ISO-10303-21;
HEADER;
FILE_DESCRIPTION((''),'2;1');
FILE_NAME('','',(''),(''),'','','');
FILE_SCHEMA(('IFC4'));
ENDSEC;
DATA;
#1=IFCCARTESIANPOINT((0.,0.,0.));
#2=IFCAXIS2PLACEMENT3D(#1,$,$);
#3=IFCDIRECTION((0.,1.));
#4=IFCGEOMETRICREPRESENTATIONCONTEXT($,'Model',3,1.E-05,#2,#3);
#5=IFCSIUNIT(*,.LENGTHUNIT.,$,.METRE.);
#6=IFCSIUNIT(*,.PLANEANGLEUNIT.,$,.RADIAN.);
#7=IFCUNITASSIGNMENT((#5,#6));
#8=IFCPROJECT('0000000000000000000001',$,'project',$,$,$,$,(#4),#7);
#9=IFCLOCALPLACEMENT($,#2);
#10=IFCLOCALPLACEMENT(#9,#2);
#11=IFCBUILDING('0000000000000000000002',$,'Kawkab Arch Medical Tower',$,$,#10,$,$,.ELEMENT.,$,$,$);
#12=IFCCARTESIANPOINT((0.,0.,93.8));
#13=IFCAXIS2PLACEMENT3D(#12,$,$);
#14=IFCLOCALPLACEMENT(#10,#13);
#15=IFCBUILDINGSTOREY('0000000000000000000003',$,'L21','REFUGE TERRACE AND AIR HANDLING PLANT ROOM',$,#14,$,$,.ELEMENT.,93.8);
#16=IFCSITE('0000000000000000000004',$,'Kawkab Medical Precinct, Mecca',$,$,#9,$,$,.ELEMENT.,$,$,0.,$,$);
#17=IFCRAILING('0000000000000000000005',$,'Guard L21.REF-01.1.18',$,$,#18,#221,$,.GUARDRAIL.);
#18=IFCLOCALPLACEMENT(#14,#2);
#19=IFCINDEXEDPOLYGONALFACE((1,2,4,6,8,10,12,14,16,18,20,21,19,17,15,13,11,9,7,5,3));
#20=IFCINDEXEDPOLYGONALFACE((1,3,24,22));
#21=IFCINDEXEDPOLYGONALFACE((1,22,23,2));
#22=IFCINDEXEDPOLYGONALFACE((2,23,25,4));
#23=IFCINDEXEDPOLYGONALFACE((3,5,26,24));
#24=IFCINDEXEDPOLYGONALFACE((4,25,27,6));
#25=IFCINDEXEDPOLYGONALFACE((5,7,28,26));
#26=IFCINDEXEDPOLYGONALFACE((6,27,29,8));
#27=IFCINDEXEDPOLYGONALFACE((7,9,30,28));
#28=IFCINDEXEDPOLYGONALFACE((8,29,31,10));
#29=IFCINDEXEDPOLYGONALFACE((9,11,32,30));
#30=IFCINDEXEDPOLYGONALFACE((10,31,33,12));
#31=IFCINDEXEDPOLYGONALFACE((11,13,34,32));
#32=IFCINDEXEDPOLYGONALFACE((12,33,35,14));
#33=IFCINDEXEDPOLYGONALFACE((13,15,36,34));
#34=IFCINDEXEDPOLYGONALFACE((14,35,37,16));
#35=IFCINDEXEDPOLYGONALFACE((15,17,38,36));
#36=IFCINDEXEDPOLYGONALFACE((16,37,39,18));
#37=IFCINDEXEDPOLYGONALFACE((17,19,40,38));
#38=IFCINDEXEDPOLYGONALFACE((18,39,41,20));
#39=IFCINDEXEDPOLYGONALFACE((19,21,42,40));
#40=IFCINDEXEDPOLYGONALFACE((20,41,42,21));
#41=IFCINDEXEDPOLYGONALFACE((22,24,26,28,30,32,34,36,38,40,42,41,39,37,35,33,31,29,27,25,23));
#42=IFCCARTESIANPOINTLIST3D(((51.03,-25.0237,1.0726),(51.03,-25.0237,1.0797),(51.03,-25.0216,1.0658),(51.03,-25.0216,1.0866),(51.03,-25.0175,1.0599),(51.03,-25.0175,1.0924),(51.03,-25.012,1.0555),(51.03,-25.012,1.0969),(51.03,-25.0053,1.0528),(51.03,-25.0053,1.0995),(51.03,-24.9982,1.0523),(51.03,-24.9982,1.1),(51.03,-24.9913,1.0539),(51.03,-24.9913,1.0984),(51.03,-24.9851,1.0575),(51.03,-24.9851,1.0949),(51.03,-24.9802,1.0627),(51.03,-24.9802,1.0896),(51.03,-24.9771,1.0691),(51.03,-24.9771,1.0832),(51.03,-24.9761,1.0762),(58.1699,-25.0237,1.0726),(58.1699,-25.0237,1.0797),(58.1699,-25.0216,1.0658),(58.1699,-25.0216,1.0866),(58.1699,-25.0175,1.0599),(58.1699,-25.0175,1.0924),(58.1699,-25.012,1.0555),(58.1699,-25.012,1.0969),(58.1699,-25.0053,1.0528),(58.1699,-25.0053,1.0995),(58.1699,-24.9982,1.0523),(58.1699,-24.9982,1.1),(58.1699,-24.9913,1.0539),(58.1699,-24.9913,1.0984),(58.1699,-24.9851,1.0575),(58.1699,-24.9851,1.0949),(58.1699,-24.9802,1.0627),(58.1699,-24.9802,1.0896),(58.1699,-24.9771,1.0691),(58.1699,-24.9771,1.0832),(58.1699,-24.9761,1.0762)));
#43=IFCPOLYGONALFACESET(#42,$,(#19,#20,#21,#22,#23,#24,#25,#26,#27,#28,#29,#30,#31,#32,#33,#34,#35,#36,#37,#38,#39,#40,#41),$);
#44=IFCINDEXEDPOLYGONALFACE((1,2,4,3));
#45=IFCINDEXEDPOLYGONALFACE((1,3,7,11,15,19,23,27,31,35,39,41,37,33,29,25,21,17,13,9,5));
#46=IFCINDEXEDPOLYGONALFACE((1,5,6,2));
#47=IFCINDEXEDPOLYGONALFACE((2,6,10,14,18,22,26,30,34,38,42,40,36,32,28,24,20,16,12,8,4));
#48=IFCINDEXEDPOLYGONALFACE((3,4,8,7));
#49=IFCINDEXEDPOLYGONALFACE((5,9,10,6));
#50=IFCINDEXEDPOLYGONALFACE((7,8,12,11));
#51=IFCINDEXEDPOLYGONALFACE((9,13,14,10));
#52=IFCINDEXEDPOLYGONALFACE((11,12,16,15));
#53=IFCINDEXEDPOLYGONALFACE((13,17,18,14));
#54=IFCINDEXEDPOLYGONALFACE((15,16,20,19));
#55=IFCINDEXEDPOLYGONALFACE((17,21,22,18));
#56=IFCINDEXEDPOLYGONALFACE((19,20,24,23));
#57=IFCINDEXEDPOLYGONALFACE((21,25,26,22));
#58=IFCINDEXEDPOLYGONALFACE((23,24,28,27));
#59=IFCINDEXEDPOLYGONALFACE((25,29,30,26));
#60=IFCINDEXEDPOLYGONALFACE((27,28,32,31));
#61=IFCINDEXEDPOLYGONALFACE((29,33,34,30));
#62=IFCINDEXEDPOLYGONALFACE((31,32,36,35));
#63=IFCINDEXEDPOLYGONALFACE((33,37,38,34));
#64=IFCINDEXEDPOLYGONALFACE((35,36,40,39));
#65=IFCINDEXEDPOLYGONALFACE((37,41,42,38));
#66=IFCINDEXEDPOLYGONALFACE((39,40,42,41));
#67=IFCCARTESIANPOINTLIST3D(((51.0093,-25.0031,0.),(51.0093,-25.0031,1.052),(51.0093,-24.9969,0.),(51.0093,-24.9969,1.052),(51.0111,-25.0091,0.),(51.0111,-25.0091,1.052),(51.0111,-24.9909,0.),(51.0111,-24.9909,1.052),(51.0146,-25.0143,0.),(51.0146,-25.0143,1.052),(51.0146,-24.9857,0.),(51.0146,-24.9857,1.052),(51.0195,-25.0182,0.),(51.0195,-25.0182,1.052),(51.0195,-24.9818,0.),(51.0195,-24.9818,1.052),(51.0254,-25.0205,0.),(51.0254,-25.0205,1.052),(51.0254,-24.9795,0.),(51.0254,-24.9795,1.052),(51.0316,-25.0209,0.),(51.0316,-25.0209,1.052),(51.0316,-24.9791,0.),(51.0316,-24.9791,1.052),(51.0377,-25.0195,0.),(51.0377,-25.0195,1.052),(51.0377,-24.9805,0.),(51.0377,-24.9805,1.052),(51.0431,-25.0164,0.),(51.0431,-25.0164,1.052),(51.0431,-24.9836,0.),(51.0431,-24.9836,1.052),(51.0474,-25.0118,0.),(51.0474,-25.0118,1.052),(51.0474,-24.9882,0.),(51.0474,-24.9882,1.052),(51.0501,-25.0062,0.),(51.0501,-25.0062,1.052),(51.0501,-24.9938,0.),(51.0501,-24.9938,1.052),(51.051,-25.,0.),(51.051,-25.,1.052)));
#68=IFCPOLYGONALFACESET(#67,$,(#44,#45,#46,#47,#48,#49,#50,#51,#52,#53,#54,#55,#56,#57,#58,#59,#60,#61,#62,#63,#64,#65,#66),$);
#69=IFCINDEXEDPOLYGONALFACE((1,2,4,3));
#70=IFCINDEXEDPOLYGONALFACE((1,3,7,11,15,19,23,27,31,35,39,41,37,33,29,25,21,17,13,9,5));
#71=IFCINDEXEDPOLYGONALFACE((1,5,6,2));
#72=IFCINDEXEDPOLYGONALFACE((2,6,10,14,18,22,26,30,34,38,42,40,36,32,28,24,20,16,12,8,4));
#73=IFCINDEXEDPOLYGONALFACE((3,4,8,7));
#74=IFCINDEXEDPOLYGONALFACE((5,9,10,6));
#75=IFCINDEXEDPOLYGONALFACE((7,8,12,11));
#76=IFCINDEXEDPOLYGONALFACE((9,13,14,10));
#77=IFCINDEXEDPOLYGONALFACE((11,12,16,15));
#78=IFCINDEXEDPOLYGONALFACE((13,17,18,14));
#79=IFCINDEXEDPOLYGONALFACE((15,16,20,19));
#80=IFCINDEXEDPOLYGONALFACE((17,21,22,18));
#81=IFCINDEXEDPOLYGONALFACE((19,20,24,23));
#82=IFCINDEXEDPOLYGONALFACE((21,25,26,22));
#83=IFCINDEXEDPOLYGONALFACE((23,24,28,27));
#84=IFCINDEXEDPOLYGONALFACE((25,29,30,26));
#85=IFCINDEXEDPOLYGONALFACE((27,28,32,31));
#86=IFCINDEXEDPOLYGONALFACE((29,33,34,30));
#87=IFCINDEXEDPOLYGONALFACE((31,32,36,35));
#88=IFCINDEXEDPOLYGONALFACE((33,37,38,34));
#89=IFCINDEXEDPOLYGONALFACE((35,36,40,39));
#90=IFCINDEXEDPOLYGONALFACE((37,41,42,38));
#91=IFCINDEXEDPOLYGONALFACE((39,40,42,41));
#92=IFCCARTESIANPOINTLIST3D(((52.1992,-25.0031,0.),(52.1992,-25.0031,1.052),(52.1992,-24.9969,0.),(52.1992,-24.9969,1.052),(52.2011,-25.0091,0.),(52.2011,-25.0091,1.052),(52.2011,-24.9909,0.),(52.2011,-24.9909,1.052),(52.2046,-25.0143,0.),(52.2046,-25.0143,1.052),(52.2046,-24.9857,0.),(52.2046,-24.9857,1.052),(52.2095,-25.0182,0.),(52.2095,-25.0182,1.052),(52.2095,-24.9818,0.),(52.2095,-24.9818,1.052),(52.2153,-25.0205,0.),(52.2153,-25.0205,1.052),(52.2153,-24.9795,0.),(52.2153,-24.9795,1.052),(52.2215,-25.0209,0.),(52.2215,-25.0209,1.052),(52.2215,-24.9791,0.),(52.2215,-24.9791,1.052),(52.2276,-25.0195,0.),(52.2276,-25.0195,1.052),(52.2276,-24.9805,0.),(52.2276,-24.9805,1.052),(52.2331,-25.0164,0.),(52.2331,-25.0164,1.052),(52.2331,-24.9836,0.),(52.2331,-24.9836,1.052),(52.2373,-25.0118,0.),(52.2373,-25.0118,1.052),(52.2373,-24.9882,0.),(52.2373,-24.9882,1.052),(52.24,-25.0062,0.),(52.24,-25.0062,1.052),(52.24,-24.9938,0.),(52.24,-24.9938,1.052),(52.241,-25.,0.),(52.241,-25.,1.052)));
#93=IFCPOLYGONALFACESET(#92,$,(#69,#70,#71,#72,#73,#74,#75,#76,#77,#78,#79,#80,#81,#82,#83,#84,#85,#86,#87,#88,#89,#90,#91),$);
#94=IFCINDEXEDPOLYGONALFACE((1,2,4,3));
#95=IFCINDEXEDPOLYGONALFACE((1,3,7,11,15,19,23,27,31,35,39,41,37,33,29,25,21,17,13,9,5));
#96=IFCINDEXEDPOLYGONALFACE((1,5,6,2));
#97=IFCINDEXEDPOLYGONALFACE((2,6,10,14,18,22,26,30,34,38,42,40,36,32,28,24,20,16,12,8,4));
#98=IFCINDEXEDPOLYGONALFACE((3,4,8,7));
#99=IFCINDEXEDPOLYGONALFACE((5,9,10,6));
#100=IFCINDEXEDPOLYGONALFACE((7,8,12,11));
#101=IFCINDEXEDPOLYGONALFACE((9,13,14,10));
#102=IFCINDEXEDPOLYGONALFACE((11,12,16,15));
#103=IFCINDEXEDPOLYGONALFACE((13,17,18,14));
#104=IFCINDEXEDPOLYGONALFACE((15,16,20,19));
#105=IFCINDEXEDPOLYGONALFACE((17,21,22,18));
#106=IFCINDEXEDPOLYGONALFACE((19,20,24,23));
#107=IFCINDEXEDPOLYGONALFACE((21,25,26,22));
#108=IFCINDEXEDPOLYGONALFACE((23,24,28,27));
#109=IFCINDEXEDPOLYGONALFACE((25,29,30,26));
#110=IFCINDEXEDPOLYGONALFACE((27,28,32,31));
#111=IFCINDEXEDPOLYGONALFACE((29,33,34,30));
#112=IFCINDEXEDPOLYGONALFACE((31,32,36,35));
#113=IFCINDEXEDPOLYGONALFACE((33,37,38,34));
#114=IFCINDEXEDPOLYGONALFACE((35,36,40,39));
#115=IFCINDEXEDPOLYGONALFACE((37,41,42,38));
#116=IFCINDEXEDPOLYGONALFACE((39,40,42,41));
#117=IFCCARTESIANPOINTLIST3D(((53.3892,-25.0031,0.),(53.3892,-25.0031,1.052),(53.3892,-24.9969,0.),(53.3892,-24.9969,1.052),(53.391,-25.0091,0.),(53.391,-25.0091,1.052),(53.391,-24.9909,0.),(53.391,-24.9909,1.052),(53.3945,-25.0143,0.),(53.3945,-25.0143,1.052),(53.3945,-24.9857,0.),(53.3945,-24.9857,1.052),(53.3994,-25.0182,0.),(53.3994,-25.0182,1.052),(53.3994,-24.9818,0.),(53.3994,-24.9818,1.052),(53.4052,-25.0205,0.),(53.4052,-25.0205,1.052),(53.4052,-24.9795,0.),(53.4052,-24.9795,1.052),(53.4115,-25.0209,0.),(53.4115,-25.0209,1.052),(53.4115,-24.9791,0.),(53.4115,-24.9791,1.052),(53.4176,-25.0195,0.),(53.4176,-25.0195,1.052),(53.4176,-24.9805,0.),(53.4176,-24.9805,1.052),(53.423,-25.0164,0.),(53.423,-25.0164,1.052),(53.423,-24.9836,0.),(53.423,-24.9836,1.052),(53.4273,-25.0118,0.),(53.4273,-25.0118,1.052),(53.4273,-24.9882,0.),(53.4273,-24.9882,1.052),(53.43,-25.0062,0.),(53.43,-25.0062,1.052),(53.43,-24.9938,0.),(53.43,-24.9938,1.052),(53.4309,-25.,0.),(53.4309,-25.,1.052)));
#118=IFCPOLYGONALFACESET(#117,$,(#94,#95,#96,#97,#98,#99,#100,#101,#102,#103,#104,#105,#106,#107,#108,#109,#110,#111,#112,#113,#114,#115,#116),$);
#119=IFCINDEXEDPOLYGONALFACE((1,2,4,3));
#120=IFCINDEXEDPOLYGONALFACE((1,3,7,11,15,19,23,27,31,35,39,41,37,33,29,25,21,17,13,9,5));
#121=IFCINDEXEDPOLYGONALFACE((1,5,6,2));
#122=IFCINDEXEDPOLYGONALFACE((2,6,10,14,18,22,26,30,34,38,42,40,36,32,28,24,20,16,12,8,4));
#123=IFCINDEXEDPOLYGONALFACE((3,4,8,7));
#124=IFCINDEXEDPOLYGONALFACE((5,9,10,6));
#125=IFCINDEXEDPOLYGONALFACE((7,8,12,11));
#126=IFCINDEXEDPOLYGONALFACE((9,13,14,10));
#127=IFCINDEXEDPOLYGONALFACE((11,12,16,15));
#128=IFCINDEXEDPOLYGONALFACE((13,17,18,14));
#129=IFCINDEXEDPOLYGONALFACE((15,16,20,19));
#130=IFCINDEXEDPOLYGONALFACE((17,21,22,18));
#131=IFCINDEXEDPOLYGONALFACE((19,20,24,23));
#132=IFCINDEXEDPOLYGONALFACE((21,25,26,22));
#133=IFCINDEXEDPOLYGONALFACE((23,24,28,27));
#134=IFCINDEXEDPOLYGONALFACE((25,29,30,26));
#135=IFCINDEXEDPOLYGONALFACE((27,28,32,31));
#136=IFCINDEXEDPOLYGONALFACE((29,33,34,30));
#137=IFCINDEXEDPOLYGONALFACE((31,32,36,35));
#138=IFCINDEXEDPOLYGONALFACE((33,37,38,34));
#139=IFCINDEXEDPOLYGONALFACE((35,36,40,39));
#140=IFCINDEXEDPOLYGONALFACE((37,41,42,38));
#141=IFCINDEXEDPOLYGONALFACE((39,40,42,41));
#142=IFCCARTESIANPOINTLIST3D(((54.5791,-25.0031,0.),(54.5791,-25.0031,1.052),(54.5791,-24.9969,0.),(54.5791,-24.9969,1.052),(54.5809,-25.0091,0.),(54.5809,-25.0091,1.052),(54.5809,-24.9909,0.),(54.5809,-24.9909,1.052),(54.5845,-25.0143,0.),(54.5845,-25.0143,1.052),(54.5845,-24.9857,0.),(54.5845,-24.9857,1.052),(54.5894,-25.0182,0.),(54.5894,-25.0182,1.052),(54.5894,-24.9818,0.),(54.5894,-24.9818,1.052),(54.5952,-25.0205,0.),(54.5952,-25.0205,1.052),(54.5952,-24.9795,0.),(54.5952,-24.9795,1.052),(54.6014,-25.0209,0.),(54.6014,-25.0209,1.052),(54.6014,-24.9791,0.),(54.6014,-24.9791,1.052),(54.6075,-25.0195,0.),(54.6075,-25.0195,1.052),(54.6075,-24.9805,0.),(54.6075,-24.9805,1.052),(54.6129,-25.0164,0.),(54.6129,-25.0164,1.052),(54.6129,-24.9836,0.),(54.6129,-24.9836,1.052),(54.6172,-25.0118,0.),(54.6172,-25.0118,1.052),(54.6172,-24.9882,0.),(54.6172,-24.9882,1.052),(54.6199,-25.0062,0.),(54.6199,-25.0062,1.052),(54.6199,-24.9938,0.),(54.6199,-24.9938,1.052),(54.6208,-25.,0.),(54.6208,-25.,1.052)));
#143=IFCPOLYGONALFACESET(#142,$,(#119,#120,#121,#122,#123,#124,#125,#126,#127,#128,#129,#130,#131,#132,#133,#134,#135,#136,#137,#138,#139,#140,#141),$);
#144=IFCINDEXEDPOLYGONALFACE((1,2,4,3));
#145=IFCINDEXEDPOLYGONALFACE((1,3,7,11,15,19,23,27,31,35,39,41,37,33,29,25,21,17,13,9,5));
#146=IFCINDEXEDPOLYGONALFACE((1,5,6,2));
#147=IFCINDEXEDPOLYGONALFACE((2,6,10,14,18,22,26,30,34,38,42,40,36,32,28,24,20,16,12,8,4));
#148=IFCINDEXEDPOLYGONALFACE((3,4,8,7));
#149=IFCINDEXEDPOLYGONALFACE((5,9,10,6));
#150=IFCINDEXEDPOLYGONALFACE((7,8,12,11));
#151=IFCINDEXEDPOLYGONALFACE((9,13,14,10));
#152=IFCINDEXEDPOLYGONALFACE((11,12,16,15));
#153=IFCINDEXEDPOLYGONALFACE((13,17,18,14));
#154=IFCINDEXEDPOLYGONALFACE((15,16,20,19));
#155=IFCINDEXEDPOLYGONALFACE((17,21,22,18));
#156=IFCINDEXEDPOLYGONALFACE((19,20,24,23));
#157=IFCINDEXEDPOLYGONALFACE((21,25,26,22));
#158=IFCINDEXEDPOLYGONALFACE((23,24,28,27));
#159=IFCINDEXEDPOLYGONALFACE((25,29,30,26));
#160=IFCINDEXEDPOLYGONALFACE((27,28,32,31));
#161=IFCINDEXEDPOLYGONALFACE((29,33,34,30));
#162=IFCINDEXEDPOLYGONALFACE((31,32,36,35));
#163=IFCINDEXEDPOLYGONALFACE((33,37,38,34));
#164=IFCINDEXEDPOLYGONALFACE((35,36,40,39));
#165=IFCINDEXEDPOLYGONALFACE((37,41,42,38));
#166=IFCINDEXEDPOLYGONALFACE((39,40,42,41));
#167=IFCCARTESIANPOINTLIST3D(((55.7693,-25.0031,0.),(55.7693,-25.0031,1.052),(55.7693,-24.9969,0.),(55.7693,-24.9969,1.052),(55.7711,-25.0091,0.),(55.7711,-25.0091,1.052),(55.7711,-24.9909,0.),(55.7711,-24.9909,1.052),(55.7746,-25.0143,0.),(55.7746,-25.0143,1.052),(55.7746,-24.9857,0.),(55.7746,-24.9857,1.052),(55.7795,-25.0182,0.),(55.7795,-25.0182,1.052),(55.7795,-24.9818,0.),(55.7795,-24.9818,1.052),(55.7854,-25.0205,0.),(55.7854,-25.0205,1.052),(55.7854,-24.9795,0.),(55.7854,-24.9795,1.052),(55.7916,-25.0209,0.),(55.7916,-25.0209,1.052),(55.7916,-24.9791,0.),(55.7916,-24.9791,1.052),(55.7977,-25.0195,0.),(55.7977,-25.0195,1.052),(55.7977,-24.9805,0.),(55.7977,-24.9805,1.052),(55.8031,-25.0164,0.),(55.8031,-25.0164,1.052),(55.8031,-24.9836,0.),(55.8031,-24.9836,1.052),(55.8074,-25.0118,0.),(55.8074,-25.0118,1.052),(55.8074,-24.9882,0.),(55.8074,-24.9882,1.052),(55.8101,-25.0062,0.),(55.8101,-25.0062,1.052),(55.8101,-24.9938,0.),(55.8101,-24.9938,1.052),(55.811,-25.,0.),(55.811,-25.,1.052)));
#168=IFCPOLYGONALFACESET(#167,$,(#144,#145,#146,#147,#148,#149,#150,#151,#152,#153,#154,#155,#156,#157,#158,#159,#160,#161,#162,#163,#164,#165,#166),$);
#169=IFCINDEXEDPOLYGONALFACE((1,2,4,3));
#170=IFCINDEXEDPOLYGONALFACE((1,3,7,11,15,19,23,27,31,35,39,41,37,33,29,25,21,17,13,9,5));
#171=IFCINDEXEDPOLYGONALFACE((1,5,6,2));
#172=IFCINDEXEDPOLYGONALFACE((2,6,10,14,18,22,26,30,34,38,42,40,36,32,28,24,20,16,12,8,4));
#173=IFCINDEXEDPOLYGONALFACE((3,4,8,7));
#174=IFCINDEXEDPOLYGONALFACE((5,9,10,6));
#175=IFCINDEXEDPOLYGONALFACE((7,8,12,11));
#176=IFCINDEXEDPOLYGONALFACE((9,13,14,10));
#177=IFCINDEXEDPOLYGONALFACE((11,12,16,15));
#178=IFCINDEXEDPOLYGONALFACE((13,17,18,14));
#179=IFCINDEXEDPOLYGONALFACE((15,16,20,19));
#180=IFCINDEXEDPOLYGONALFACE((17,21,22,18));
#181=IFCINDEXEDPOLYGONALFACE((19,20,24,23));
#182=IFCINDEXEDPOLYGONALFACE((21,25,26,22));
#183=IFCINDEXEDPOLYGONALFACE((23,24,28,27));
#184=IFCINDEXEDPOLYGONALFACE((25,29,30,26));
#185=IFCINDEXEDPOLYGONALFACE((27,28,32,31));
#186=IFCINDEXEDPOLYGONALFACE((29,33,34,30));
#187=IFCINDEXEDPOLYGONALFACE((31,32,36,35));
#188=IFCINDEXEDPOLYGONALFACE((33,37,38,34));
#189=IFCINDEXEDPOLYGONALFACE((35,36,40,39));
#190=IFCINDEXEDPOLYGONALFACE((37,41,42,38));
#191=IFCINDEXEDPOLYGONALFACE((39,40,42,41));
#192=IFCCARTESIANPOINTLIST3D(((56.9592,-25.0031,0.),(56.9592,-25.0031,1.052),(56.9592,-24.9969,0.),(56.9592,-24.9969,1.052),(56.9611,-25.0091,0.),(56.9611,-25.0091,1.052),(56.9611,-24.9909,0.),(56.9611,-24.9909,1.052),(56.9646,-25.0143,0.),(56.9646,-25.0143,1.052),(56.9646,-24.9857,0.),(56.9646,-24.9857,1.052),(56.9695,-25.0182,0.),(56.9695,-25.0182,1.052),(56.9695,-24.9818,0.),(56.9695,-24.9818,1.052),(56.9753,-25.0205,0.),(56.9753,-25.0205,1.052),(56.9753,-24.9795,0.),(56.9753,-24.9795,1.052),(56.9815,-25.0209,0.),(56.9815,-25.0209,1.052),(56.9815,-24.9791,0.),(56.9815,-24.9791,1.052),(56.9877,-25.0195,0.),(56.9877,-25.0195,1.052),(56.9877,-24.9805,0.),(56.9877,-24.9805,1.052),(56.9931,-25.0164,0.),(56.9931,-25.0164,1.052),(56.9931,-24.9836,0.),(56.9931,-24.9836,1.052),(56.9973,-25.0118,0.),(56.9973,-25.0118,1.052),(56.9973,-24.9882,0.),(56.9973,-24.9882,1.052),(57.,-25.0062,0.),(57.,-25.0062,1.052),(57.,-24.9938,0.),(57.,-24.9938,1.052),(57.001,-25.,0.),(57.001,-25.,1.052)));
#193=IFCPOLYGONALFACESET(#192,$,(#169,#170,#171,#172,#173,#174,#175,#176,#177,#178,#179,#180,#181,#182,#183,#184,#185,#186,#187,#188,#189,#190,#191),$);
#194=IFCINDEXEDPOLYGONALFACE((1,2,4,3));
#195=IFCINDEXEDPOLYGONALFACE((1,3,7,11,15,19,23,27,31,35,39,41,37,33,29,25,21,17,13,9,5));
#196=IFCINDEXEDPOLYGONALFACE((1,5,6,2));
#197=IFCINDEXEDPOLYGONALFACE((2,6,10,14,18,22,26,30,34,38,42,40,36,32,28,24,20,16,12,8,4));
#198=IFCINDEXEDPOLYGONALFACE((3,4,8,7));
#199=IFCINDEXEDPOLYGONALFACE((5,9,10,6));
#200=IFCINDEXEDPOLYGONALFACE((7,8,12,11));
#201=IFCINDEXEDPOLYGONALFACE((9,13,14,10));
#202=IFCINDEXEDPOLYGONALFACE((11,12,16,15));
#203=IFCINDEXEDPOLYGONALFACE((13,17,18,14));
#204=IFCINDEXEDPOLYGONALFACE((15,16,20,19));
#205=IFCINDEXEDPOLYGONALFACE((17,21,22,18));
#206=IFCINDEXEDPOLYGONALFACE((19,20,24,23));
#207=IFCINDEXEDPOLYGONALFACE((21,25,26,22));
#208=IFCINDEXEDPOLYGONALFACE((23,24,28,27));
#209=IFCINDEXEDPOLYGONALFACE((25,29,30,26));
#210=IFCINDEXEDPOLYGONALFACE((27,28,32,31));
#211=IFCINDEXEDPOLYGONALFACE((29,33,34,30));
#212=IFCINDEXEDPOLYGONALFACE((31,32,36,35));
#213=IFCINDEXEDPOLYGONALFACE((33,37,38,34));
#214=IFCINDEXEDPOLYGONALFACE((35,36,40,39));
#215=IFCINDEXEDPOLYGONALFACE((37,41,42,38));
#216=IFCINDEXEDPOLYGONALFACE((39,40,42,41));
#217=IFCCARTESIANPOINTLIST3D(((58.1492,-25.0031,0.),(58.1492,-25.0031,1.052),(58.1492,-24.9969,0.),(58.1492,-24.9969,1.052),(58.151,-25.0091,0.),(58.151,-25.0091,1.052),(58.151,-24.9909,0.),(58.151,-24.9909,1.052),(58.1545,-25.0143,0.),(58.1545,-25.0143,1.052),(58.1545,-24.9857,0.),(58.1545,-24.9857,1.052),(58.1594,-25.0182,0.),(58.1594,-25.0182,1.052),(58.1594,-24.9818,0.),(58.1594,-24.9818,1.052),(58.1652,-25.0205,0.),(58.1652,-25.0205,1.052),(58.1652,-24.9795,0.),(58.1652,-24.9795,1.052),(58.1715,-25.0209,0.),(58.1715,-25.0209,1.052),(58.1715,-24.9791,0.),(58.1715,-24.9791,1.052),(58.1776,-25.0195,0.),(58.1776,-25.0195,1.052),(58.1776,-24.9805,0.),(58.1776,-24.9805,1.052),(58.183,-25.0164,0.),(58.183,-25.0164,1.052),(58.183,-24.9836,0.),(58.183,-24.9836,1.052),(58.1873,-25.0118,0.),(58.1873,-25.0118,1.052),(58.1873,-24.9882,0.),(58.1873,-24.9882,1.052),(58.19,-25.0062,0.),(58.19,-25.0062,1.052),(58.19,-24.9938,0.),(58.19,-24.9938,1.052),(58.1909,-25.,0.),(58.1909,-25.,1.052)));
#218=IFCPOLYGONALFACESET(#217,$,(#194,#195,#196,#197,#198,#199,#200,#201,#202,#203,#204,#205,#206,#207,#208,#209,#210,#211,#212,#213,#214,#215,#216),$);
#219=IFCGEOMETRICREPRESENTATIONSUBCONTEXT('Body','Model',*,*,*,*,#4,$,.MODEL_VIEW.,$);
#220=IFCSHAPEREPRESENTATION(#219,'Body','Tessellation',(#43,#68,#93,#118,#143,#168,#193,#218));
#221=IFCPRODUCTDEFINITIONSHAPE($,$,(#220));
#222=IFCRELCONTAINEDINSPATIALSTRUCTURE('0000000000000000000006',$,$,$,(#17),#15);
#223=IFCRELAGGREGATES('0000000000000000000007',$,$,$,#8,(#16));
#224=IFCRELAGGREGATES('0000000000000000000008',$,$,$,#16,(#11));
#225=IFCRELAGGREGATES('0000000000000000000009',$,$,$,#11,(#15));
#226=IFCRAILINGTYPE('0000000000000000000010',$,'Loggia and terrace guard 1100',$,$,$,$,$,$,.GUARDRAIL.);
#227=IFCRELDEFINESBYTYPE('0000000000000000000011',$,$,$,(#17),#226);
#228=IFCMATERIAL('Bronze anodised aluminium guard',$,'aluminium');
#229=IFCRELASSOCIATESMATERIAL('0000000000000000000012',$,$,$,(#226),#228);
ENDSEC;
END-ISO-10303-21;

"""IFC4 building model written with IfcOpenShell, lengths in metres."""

from ifc_helpers import new_model, si_unit, direction, frame, origin, origin_2d, place, context, subcontext, project, spatial, circle, extrude, material, type_object, element, save


model = new_model("IFC4")

# Units and contexts
model_context = context("Model", 3, precision=1e-05, world=origin(), true_north=direction((0.0, 1.0)))
body_context = subcontext(model_context, "Body", "Model", "MODEL_VIEW")
ifc_project = project(units=[si_unit("LENGTHUNIT", "METRE"), si_unit("PLANEANGLEUNIT", "RADIAN")], contexts=[model_context])

# Site, building, storey
site_placement = place(None, origin())
site = spatial("IfcSite", under=ifc_project, at=site_placement, Name="Kawkab Medical Precinct, Mecca", CompositionType="ELEMENT", RefElevation=0.0)
building_placement = place(site_placement, origin())
building = spatial("IfcBuilding", under=site, at=building_placement, Name="Kawkab Arch Medical Tower", CompositionType="ELEMENT")
storey_placement = place(building_placement, frame((0.0, 0.0, 93.8)))
storey = spatial("IfcBuildingStorey", under=building, at=storey_placement, Name="L21", Description="REFUGE TERRACE AND AIR HANDLING PLANT ROOM", CompositionType="ELEMENT", Elevation=93.8)

# Railing
ifc_material_1 = material(Name="Bronze anodised aluminium guard", Category="aluminium")
railing_type = type_object("IfcRailingType", Name="Loggia and terrace guard 1100", PredefinedType="GUARDRAIL", material=ifc_material_1)
railing_1_placement = place(storey_placement, frame((51.03, -25.0, 0.0)))
element("IfcRailing", 1, at=railing_1_placement, inside=storey, type_object=railing_type, Name="Guard L21.REF-01.1.18", PredefinedType="GUARDRAIL", context=body_context, shape_type="SweptSolid", body=[
    extrude(circle(Radius=0.0239, at=origin_2d()), frame((0.0, 0.0, 1.0762), z_axis=(1.0, 0.0, 0.0), x_axis=(0.0, 1.0, 0.0)), (0.0, 0.0, 1.0), 7.1399),
    extrude(circle(Radius=0.021, at=origin_2d()), origin(), (0.0, 0.0, 1.0), 1.052),
    extrude(circle(Radius=0.021, at=origin_2d()), frame((1.1899, 0.0, 0.0)), (0.0, 0.0, 1.0), 1.052),
    extrude(circle(Radius=0.021, at=origin_2d()), frame((2.3799, 0.0, 0.0)), (0.0, 0.0, 1.0), 1.052),
    extrude(circle(Radius=0.021, at=origin_2d()), frame((3.5698, 0.0, 0.0)), (0.0, 0.0, 1.0), 1.052),
    extrude(circle(Radius=0.021, at=origin_2d()), frame((4.76, 0.0, 0.0)), (0.0, 0.0, 1.0), 1.052),
    extrude(circle(Radius=0.021, at=origin_2d()), frame((5.95, 0.0, 0.0)), (0.0, 0.0, 1.0), 1.052),
    extrude(circle(Radius=0.021, at=origin_2d()), frame((7.1399, 0.0, 0.0)), (0.0, 0.0, 1.0), 1.052),
])

save(model, "model.ifc")
